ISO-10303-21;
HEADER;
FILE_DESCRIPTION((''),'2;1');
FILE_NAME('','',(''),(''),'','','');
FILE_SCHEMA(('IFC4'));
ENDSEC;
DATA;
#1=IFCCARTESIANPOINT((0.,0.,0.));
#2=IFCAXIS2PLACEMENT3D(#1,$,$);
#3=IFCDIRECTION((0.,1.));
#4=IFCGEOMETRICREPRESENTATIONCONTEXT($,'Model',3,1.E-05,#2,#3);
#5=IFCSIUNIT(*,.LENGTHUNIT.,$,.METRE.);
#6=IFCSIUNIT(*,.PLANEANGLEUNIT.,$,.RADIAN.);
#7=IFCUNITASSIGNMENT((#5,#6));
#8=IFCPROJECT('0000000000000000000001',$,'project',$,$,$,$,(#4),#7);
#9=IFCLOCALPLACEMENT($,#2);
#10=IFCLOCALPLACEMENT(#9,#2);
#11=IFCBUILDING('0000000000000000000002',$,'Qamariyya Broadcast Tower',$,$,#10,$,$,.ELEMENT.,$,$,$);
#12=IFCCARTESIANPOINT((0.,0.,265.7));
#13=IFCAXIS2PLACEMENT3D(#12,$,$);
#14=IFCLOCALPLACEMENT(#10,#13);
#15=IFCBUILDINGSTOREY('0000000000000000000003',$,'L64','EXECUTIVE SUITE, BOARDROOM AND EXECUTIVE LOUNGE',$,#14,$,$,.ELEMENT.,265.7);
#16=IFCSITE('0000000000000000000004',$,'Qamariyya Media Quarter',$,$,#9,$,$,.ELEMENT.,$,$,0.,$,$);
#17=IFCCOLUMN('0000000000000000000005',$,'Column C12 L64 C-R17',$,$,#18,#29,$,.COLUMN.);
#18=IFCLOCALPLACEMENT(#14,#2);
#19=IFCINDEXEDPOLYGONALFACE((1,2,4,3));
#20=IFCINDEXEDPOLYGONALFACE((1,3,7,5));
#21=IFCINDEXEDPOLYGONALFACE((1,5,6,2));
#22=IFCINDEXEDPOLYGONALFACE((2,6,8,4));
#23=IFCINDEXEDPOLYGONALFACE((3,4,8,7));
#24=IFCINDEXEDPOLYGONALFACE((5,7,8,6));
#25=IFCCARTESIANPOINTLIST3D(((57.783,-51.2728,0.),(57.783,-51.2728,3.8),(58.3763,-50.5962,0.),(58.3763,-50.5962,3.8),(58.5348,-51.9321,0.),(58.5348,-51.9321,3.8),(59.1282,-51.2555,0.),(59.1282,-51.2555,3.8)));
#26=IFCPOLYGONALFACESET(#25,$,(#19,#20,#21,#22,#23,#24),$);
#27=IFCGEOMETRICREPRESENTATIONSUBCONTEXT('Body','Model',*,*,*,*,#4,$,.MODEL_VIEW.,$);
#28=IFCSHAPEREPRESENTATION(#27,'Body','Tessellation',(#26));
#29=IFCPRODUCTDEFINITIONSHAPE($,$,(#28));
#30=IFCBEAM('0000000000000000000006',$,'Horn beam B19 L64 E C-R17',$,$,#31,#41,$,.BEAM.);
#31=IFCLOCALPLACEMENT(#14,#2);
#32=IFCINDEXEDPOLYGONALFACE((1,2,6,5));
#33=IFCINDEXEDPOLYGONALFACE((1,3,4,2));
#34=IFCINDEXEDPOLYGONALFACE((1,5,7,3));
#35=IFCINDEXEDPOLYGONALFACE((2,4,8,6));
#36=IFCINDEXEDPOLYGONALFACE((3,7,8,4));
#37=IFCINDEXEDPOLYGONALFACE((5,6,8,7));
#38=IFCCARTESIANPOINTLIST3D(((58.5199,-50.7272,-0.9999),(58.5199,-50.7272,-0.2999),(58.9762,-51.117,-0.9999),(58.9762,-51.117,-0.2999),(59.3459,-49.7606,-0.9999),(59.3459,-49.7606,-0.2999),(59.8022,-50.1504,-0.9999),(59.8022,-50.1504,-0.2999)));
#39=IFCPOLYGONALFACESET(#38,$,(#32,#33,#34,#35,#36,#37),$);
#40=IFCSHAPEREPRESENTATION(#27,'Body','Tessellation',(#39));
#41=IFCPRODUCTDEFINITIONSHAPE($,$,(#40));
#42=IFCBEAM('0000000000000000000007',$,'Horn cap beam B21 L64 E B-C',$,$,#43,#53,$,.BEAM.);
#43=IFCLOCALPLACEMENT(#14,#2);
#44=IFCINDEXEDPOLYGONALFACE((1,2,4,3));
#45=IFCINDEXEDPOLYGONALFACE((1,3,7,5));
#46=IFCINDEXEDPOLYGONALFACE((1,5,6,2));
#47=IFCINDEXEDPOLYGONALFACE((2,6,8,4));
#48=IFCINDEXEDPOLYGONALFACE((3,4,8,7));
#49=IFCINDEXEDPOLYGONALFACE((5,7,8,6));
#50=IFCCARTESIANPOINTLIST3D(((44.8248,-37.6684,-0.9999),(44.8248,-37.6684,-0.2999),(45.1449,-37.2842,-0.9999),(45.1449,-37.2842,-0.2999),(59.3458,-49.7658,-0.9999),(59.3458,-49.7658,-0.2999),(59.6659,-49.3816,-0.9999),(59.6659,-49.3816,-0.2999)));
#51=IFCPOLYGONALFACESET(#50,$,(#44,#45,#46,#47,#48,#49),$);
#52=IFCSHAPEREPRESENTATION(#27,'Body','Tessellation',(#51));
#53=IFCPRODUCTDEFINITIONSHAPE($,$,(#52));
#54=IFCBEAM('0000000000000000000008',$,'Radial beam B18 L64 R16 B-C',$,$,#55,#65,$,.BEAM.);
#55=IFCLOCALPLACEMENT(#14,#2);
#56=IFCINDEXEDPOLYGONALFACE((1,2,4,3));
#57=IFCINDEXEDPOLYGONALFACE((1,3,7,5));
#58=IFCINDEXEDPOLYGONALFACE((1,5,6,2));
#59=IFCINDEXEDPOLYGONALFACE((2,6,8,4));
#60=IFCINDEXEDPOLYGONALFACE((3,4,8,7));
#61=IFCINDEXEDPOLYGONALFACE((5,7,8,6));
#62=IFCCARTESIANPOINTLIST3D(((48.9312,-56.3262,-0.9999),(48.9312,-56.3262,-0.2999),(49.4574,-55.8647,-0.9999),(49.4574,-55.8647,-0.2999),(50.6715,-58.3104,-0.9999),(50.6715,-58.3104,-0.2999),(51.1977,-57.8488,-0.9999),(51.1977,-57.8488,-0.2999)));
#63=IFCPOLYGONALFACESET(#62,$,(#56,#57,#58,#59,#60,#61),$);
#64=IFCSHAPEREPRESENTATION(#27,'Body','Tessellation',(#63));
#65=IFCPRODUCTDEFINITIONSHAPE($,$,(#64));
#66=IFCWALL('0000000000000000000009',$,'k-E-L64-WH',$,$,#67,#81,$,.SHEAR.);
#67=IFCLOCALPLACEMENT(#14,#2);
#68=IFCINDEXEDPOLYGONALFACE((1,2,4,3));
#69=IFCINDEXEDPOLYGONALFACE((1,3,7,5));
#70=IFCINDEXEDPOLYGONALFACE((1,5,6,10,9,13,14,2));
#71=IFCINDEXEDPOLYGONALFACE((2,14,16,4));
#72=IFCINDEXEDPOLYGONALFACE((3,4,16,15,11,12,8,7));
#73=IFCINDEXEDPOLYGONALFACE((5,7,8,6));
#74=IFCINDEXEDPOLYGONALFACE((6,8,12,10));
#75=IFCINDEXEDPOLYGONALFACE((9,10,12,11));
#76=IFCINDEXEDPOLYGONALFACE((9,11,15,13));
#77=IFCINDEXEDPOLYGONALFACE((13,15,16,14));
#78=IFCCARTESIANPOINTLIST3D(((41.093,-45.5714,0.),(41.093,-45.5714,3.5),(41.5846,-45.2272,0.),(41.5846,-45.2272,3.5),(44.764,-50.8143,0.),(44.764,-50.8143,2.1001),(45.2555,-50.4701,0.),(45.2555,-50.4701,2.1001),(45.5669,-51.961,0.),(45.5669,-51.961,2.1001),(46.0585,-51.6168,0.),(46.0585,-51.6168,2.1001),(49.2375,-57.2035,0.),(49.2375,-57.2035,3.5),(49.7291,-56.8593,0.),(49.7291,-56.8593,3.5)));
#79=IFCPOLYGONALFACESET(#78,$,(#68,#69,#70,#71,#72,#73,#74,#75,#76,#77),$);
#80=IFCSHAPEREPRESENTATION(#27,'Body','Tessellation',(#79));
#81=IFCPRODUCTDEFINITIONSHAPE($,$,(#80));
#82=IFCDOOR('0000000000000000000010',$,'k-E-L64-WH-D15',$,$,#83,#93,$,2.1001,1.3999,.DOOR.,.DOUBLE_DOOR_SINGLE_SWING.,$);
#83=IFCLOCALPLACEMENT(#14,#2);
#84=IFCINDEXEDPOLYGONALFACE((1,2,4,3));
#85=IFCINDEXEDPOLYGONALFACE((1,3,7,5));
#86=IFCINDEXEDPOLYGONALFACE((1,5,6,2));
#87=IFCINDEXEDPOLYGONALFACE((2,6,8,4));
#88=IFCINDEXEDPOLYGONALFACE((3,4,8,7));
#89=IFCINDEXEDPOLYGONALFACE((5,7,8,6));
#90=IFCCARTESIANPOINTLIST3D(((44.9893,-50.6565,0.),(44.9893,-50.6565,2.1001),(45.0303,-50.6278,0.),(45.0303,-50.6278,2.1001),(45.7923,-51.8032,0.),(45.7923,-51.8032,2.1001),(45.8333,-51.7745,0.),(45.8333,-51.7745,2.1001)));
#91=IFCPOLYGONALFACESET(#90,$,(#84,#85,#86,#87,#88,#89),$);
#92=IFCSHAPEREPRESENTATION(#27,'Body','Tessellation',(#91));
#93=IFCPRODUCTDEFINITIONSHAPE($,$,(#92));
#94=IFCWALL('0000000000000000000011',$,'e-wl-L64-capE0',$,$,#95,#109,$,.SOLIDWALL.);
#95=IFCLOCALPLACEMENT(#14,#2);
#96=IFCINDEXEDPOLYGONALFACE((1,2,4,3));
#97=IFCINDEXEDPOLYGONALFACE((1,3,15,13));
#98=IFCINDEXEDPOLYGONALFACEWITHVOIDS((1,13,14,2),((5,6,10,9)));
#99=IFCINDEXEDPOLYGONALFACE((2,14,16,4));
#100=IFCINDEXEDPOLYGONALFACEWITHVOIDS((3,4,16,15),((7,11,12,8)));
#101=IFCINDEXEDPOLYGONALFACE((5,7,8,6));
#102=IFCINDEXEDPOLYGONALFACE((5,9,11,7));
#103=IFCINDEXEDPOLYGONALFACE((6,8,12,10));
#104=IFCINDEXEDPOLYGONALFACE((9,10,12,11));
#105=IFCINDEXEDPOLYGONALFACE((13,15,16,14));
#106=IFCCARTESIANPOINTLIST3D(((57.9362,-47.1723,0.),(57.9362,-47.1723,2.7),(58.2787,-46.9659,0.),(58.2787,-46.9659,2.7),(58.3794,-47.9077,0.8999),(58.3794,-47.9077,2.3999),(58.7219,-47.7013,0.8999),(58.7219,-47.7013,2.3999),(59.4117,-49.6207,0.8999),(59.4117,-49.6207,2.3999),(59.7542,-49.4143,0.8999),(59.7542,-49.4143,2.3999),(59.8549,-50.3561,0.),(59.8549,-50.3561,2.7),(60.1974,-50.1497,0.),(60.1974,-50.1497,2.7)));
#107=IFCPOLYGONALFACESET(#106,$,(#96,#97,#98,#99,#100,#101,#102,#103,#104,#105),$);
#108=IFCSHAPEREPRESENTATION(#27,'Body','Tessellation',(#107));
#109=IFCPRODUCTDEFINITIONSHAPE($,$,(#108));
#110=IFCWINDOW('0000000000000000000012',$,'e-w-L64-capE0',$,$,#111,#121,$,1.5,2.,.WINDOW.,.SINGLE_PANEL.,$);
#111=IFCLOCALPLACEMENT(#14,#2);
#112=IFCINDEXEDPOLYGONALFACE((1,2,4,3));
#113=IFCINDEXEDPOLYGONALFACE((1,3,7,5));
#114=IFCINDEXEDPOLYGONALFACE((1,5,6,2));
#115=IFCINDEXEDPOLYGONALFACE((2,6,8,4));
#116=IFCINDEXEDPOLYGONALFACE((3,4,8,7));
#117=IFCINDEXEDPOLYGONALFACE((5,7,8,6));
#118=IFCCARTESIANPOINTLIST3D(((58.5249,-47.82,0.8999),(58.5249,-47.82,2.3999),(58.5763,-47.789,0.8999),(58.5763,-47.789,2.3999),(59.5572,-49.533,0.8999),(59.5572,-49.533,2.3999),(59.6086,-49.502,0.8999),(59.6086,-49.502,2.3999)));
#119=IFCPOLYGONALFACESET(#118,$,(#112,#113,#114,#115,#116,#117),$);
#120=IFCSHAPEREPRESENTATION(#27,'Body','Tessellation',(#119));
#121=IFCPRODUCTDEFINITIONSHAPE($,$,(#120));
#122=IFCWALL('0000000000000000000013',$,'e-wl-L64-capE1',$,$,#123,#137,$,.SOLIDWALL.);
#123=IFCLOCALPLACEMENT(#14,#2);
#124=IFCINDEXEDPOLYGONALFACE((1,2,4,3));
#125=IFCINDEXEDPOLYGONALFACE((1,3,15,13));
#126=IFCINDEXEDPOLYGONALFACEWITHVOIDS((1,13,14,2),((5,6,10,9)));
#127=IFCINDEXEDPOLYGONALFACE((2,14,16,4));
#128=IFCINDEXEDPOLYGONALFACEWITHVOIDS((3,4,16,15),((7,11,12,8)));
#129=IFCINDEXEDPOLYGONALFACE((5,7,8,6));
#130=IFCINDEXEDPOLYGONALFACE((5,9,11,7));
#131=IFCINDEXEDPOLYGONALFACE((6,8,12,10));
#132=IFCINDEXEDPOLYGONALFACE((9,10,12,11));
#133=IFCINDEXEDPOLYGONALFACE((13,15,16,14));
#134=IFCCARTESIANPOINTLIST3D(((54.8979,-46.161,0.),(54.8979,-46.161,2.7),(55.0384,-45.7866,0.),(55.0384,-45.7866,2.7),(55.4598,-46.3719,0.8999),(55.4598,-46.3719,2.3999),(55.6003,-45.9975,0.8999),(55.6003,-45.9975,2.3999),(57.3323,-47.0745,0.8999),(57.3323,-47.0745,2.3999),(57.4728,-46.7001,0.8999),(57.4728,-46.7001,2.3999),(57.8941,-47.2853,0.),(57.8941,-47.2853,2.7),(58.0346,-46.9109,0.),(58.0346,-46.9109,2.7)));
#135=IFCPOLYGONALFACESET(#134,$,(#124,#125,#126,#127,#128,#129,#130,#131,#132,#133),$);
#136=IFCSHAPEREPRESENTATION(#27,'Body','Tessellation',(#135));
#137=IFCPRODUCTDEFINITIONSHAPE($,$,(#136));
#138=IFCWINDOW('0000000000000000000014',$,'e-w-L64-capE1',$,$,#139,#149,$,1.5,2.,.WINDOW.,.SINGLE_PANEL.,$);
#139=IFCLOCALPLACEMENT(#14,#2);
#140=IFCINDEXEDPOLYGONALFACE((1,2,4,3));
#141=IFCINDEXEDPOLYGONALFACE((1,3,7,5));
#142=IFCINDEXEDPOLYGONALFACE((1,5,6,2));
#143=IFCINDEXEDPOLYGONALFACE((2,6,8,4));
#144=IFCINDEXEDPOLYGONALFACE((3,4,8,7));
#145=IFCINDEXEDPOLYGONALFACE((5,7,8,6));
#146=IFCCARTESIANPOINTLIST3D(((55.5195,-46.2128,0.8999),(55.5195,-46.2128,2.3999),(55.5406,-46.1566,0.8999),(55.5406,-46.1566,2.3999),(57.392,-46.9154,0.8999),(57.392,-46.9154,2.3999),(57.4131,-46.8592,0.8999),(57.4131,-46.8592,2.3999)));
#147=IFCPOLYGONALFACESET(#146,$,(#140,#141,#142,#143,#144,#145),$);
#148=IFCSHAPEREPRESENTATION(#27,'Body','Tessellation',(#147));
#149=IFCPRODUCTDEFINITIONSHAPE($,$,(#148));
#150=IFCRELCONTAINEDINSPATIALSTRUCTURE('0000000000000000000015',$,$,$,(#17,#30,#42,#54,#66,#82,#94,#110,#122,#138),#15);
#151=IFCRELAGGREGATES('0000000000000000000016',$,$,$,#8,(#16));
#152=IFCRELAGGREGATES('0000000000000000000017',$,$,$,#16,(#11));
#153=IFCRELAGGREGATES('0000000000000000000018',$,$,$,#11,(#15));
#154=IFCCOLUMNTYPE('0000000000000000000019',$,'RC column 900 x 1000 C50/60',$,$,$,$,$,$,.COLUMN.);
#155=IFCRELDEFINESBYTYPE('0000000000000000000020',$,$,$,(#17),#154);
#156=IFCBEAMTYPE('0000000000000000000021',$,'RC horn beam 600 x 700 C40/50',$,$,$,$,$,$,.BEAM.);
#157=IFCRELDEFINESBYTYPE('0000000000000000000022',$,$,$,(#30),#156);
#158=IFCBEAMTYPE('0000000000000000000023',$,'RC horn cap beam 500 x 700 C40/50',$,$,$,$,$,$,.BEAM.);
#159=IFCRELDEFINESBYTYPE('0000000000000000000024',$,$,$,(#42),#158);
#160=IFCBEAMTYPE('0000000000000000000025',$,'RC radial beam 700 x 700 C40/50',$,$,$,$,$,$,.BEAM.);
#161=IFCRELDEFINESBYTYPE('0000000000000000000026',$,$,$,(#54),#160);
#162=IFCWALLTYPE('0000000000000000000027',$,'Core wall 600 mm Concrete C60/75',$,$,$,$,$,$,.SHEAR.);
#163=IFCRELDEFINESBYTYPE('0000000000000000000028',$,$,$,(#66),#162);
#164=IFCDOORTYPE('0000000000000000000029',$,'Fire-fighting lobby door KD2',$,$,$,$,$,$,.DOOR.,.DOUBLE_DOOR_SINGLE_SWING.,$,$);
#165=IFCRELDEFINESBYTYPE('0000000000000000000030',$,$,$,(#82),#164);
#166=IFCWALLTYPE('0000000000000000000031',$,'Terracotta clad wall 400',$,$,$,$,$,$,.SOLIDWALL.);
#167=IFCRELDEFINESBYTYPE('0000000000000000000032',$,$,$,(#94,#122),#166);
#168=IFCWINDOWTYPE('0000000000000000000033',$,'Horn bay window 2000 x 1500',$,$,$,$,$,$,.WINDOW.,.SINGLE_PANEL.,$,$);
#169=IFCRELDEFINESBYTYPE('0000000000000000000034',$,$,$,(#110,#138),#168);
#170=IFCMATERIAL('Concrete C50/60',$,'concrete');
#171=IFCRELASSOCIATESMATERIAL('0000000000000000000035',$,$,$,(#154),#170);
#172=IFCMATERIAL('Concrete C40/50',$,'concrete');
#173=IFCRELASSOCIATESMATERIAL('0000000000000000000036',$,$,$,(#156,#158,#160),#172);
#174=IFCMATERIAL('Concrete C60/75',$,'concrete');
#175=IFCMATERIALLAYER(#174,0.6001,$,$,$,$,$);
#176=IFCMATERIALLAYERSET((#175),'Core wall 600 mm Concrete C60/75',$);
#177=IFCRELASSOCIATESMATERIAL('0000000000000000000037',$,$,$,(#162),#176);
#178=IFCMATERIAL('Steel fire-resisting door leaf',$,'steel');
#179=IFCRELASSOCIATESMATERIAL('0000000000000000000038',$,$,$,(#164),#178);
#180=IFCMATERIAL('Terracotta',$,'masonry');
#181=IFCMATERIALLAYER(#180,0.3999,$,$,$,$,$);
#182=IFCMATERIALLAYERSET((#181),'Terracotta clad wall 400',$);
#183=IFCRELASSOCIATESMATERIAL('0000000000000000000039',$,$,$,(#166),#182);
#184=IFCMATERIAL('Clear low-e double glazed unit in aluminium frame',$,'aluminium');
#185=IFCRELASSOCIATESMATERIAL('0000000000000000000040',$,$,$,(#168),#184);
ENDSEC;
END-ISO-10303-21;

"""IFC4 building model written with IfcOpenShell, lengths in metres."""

from ifc_helpers import new_model, si_unit, direction, frame, frame_2d, origin, origin_2d, place, context, subcontext, project, spatial, rectangle, extrude, material, layer, layer_set, material_profile, profile_set, type_object, element, fill, save


model = new_model("IFC4")

# Units and contexts
model_context = context("Model", 3, precision=1e-05, world=origin(), true_north=direction((0.0, 1.0)))
body_context = subcontext(model_context, "Body", "Model", "MODEL_VIEW")
ifc_project = project(units=[si_unit("LENGTHUNIT", "METRE"), si_unit("PLANEANGLEUNIT", "RADIAN")], contexts=[model_context])

# Site, building, storey
site_placement = place(None, origin())
site = spatial("IfcSite", under=ifc_project, at=site_placement, Name="Qamariyya Media Quarter", CompositionType="ELEMENT", RefElevation=0.0)
building_placement = place(site_placement, origin())
building = spatial("IfcBuilding", under=site, at=building_placement, Name="Qamariyya Broadcast Tower", CompositionType="ELEMENT")
storey_placement = place(building_placement, frame((0.0, 0.0, 265.7)))
storey = spatial("IfcBuildingStorey", under=building, at=storey_placement, Name="L64", Description="EXECUTIVE SUITE, BOARDROOM AND EXECUTIVE LOUNGE", CompositionType="ELEMENT", Elevation=265.7)

# Column
ifc_material_1 = material(Name="Concrete C50/60", Category="concrete")
ifc_material_profile_1 = material_profile(ifc_material_1, rectangle(XDim=0.8999, YDim=1.0, at=origin_2d()))
ifc_profile_set_1 = profile_set([ifc_material_profile_1], Name="Concrete C50/60")
column_type = type_object("IfcColumnType", Name="RC column 900 x 1000 C50/60", PredefinedType="COLUMN", material=ifc_profile_set_1)
column_placement = place(storey_placement, frame((58.4556, -51.2642, 0.0), z_axis=(0.0, 0.0, 1.0), x_axis=(0.659346, 0.75184, 0.0)))
element("IfcColumn", 1, at=column_placement, inside=storey, type_object=column_type, Name="Column C12 L64 C-R17", PredefinedType="COLUMN", context=body_context, shape_type="SweptSolid", body=[
    extrude(rectangle(XDim=0.8999, YDim=1.0, at=origin_2d()), origin(), (0.0, 0.0, 1.0), 3.8),
])

# Beams
ifc_material_2 = material(Name="Concrete C40/50", Category="concrete")
ifc_material_profile_2 = material_profile(ifc_material_2, rectangle(XDim=0.6001, YDim=0.7, at=origin_2d()))
ifc_profile_set_2 = profile_set([ifc_material_profile_2], Name="Concrete C40/50")
beam_type_1 = type_object("IfcBeamType", Name="RC horn beam 600 x 700 C40/50", PredefinedType="BEAM", material=ifc_profile_set_2)
beam_1_placement = place(storey_placement, frame((58.748, -50.9221, -0.6499), z_axis=(0.649636, 0.760245, 0.0), x_axis=(-0.760245, 0.649636, 0.0)))
element("IfcBeam", 2, at=beam_1_placement, inside=storey, type_object=beam_type_1, Name="Horn beam B19 L64 E C-R17", PredefinedType="BEAM", context=body_context, shape_type="SweptSolid", body=[
    extrude(rectangle(XDim=0.6001, YDim=0.7, at=origin_2d()), origin(), (0.0, 0.0, 1.0), 1.2715),
])
ifc_material_profile_3 = material_profile(ifc_material_2, rectangle(XDim=0.5, YDim=0.7, at=origin_2d()))
ifc_profile_set_3 = profile_set([ifc_material_profile_3], Name="Concrete C40/50")
beam_type_2 = type_object("IfcBeamType", Name="RC horn cap beam 500 x 700 C40/50", PredefinedType="BEAM", material=ifc_profile_set_3)
beam_2_placement = place(storey_placement, frame((44.9849, -37.4763, -0.6499), z_axis=(0.76831, -0.640078, 0.0), x_axis=(0.640078, 0.76831, 0.0)))
element("IfcBeam", 3, at=beam_2_placement, inside=storey, type_object=beam_type_2, Name="Horn cap beam B21 L64 E B-C", PredefinedType="BEAM", context=body_context, shape_type="SweptSolid", body=[
    extrude(rectangle(XDim=0.5, YDim=0.7, at=origin_2d()), origin(), (0.0, 0.0, 1.0), 18.8999),
])
ifc_material_profile_4 = material_profile(ifc_material_2, rectangle(XDim=0.7, YDim=0.7, at=origin_2d()))
ifc_profile_set_4 = profile_set([ifc_material_profile_4], Name="Concrete C40/50")
beam_type_3 = type_object("IfcBeamType", Name="RC radial beam 700 x 700 C40/50", PredefinedType="BEAM", material=ifc_profile_set_4)
beam_3_placement = place(storey_placement, frame((49.1943, -56.0955, -0.6499), z_axis=(0.659388, -0.751803, 0.0), x_axis=(0.751803, 0.659388, 0.0)))
element("IfcBeam", 4, at=beam_3_placement, inside=storey, type_object=beam_type_3, Name="Radial beam B18 L64 R16 B-C", PredefinedType="BEAM", context=body_context, shape_type="SweptSolid", body=[
    extrude(rectangle(XDim=0.7, YDim=0.7, at=origin_2d()), origin(), (0.0, 0.0, 1.0), 2.6392),
])

# Wall, opening, door
ifc_material_3 = material(Name="Concrete C60/75", Category="concrete")
ifc_layer_1 = layer(ifc_material_3, 0.6001)
ifc_layer_set_1 = layer_set([ifc_layer_1], Name="Core wall 600 mm Concrete C60/75")
wall_type_1 = type_object("IfcWallType", Name="Core wall 600 mm Concrete C60/75", PredefinedType="SHEAR", material=ifc_layer_set_1)
wall_1_placement = place(storey_placement, frame((49.4834, -57.0315, 0.0), z_axis=(0.0, 0.0, 1.0), x_axis=(-0.57356, 0.819163, 0.0)))
wall_1 = element("IfcWall", 5, at=wall_1_placement, inside=storey, type_object=wall_type_1, Name="k-E-L64-WH", PredefinedType="SHEAR", context=body_context, shape_type="SweptSolid", body=[
    extrude(rectangle(XDim=14.2, YDim=0.6001, at=frame_2d((7.1001, 0.0))), origin(), (0.0, 0.0, 1.0), 3.5),
])
opening_1_placement = place(wall_1_placement, frame((6.3999, 0.0, 0.0)))
opening_1 = element("IfcOpeningElement", 6, at=opening_1_placement, cuts=wall_1, PredefinedType="OPENING", context=body_context, shape_type="SweptSolid", body=[
    extrude(rectangle(XDim=1.3999, YDim=2.1001, at=frame_2d((0.7, 1.05))), frame((0.0, 0.3101, 0.0), z_axis=(0.0, -1.0, 0.0), x_axis=(1.0, 0.0, 0.0)), (0.0, 0.0, 1.0), 0.6201),
])
ifc_material_4 = material(Name="Steel fire-resisting door leaf", Category="steel")
door_type = type_object("IfcDoorType", Name="Fire-fighting lobby door KD2", OperationType="DOUBLE_DOOR_SINGLE_SWING", PredefinedType="DOOR", material=ifc_material_4)
door_placement = place(opening_1_placement, origin())
door = element("IfcDoor", 7, at=door_placement, inside=storey, type_object=door_type, Name="k-E-L64-WH-D15", OperationType="DOUBLE_DOOR_SINGLE_SWING", OverallHeight=2.1001, OverallWidth=1.3999, PredefinedType="DOOR", context=body_context, shape_type="SweptSolid", body=[
    extrude(rectangle(XDim=1.3999, YDim=2.1001, at=frame_2d((0.7, 1.05))), frame((0.0, 0.0249, 0.0), z_axis=(0.0, -1.0, 0.0), x_axis=(1.0, 0.0, 0.0)), (0.0, 0.0, 1.0), 0.05),
])
fill(opening_1, door)

# Walls, openings, windows
ifc_material_5 = material(Name="Terracotta", Category="masonry")
ifc_layer_2 = layer(ifc_material_5, 0.3999)
ifc_layer_set_2 = layer_set([ifc_layer_2], Name="Terracotta clad wall 400")
wall_type_2 = type_object("IfcWallType", Name="Terracotta clad wall 400", PredefinedType="SOLIDWALL", material=ifc_layer_set_2)
wall_2_placement = place(storey_placement, frame((60.0261, -50.2529, 0.0), z_axis=(0.0, 0.0, 1.0), x_axis=(-0.516156, 0.856495, 0.0)))
wall_2 = element("IfcWall", 8, at=wall_2_placement, inside=storey, type_object=wall_type_2, Name="e-wl-L64-capE0", PredefinedType="SOLIDWALL", context=body_context, shape_type="SweptSolid", body=[
    extrude(rectangle(XDim=3.7173, YDim=0.3999, at=frame_2d((1.8586, 0.0))), origin(), (0.0, 0.0, 1.0), 2.7),
])
opening_2_placement = place(wall_2_placement, frame((0.8586, 0.0, 0.8999)))
opening_2 = element("IfcOpeningElement", 9, at=opening_2_placement, cuts=wall_2, PredefinedType="OPENING", context=body_context, shape_type="SweptSolid", body=[
    extrude(rectangle(XDim=2.0, YDim=1.5, at=frame_2d((1.0, 0.75))), frame((0.0, 0.21, 0.0), z_axis=(0.0, -1.0, 0.0), x_axis=(1.0, 0.0, 0.0)), (0.0, 0.0, 1.0), 0.4199),
])
ifc_material_6 = material(Name="Clear low-e double glazed unit in aluminium frame", Category="aluminium")
window_type = type_object("IfcWindowType", Name="Horn bay window 2000 x 1500", PartitioningType="SINGLE_PANEL", PredefinedType="WINDOW", material=ifc_material_6)
window_1_placement = place(opening_2_placement, origin())
window_1 = element("IfcWindow", 10, at=window_1_placement, inside=storey, type_object=window_type, Name="e-w-L64-capE0", OverallHeight=1.5, OverallWidth=2.0, PartitioningType="SINGLE_PANEL", PredefinedType="WINDOW", context=body_context, shape_type="SweptSolid", body=[
    extrude(rectangle(XDim=2.0, YDim=1.5, at=frame_2d((1.0, 0.75))), frame((0.0, 0.03, 0.0), z_axis=(0.0, -1.0, 0.0), x_axis=(1.0, 0.0, 0.0)), (0.0, 0.0, 1.0), 0.0601),
])
fill(opening_2, window_1)
wall_3_placement = place(storey_placement, frame((57.9644, -47.0981, 0.0), z_axis=(0.0, 0.0, 1.0), x_axis=(-0.936254, 0.351324, 0.0)))
wall_3 = element("IfcWall", 11, at=wall_3_placement, inside=storey, type_object=wall_type_2, Name="e-wl-L64-capE1", PredefinedType="SOLIDWALL", context=body_context, shape_type="SweptSolid", body=[
    extrude(rectangle(XDim=3.2002, YDim=0.3999, at=frame_2d((1.6001, 0.0))), origin(), (0.0, 0.0, 1.0), 2.7),
])
opening_3_placement = place(wall_3_placement, frame((0.6001, 0.0, 0.8999)))
opening_3 = element("IfcOpeningElement", 12, at=opening_3_placement, cuts=wall_3, PredefinedType="OPENING", context=body_context, shape_type="SweptSolid", body=[
    extrude(rectangle(XDim=2.0, YDim=1.5, at=frame_2d((1.0, 0.75))), frame((0.0, 0.21, 0.0), z_axis=(0.0, -1.0, 0.0), x_axis=(1.0, 0.0, 0.0)), (0.0, 0.0, 1.0), 0.4199),
])
window_2_placement = place(opening_3_placement, origin())
window_2 = element("IfcWindow", 13, at=window_2_placement, inside=storey, type_object=window_type, Name="e-w-L64-capE1", OverallHeight=1.5, OverallWidth=2.0, PartitioningType="SINGLE_PANEL", PredefinedType="WINDOW", context=body_context, shape_type="SweptSolid", body=[
    extrude(rectangle(XDim=2.0, YDim=1.5, at=frame_2d((1.0, 0.75))), frame((0.0, 0.03, 0.0), z_axis=(0.0, -1.0, 0.0), x_axis=(1.0, 0.0, 0.0)), (0.0, 0.0, 1.0), 0.0601),
])
fill(opening_3, window_2)

save(model, "model.ifc")
